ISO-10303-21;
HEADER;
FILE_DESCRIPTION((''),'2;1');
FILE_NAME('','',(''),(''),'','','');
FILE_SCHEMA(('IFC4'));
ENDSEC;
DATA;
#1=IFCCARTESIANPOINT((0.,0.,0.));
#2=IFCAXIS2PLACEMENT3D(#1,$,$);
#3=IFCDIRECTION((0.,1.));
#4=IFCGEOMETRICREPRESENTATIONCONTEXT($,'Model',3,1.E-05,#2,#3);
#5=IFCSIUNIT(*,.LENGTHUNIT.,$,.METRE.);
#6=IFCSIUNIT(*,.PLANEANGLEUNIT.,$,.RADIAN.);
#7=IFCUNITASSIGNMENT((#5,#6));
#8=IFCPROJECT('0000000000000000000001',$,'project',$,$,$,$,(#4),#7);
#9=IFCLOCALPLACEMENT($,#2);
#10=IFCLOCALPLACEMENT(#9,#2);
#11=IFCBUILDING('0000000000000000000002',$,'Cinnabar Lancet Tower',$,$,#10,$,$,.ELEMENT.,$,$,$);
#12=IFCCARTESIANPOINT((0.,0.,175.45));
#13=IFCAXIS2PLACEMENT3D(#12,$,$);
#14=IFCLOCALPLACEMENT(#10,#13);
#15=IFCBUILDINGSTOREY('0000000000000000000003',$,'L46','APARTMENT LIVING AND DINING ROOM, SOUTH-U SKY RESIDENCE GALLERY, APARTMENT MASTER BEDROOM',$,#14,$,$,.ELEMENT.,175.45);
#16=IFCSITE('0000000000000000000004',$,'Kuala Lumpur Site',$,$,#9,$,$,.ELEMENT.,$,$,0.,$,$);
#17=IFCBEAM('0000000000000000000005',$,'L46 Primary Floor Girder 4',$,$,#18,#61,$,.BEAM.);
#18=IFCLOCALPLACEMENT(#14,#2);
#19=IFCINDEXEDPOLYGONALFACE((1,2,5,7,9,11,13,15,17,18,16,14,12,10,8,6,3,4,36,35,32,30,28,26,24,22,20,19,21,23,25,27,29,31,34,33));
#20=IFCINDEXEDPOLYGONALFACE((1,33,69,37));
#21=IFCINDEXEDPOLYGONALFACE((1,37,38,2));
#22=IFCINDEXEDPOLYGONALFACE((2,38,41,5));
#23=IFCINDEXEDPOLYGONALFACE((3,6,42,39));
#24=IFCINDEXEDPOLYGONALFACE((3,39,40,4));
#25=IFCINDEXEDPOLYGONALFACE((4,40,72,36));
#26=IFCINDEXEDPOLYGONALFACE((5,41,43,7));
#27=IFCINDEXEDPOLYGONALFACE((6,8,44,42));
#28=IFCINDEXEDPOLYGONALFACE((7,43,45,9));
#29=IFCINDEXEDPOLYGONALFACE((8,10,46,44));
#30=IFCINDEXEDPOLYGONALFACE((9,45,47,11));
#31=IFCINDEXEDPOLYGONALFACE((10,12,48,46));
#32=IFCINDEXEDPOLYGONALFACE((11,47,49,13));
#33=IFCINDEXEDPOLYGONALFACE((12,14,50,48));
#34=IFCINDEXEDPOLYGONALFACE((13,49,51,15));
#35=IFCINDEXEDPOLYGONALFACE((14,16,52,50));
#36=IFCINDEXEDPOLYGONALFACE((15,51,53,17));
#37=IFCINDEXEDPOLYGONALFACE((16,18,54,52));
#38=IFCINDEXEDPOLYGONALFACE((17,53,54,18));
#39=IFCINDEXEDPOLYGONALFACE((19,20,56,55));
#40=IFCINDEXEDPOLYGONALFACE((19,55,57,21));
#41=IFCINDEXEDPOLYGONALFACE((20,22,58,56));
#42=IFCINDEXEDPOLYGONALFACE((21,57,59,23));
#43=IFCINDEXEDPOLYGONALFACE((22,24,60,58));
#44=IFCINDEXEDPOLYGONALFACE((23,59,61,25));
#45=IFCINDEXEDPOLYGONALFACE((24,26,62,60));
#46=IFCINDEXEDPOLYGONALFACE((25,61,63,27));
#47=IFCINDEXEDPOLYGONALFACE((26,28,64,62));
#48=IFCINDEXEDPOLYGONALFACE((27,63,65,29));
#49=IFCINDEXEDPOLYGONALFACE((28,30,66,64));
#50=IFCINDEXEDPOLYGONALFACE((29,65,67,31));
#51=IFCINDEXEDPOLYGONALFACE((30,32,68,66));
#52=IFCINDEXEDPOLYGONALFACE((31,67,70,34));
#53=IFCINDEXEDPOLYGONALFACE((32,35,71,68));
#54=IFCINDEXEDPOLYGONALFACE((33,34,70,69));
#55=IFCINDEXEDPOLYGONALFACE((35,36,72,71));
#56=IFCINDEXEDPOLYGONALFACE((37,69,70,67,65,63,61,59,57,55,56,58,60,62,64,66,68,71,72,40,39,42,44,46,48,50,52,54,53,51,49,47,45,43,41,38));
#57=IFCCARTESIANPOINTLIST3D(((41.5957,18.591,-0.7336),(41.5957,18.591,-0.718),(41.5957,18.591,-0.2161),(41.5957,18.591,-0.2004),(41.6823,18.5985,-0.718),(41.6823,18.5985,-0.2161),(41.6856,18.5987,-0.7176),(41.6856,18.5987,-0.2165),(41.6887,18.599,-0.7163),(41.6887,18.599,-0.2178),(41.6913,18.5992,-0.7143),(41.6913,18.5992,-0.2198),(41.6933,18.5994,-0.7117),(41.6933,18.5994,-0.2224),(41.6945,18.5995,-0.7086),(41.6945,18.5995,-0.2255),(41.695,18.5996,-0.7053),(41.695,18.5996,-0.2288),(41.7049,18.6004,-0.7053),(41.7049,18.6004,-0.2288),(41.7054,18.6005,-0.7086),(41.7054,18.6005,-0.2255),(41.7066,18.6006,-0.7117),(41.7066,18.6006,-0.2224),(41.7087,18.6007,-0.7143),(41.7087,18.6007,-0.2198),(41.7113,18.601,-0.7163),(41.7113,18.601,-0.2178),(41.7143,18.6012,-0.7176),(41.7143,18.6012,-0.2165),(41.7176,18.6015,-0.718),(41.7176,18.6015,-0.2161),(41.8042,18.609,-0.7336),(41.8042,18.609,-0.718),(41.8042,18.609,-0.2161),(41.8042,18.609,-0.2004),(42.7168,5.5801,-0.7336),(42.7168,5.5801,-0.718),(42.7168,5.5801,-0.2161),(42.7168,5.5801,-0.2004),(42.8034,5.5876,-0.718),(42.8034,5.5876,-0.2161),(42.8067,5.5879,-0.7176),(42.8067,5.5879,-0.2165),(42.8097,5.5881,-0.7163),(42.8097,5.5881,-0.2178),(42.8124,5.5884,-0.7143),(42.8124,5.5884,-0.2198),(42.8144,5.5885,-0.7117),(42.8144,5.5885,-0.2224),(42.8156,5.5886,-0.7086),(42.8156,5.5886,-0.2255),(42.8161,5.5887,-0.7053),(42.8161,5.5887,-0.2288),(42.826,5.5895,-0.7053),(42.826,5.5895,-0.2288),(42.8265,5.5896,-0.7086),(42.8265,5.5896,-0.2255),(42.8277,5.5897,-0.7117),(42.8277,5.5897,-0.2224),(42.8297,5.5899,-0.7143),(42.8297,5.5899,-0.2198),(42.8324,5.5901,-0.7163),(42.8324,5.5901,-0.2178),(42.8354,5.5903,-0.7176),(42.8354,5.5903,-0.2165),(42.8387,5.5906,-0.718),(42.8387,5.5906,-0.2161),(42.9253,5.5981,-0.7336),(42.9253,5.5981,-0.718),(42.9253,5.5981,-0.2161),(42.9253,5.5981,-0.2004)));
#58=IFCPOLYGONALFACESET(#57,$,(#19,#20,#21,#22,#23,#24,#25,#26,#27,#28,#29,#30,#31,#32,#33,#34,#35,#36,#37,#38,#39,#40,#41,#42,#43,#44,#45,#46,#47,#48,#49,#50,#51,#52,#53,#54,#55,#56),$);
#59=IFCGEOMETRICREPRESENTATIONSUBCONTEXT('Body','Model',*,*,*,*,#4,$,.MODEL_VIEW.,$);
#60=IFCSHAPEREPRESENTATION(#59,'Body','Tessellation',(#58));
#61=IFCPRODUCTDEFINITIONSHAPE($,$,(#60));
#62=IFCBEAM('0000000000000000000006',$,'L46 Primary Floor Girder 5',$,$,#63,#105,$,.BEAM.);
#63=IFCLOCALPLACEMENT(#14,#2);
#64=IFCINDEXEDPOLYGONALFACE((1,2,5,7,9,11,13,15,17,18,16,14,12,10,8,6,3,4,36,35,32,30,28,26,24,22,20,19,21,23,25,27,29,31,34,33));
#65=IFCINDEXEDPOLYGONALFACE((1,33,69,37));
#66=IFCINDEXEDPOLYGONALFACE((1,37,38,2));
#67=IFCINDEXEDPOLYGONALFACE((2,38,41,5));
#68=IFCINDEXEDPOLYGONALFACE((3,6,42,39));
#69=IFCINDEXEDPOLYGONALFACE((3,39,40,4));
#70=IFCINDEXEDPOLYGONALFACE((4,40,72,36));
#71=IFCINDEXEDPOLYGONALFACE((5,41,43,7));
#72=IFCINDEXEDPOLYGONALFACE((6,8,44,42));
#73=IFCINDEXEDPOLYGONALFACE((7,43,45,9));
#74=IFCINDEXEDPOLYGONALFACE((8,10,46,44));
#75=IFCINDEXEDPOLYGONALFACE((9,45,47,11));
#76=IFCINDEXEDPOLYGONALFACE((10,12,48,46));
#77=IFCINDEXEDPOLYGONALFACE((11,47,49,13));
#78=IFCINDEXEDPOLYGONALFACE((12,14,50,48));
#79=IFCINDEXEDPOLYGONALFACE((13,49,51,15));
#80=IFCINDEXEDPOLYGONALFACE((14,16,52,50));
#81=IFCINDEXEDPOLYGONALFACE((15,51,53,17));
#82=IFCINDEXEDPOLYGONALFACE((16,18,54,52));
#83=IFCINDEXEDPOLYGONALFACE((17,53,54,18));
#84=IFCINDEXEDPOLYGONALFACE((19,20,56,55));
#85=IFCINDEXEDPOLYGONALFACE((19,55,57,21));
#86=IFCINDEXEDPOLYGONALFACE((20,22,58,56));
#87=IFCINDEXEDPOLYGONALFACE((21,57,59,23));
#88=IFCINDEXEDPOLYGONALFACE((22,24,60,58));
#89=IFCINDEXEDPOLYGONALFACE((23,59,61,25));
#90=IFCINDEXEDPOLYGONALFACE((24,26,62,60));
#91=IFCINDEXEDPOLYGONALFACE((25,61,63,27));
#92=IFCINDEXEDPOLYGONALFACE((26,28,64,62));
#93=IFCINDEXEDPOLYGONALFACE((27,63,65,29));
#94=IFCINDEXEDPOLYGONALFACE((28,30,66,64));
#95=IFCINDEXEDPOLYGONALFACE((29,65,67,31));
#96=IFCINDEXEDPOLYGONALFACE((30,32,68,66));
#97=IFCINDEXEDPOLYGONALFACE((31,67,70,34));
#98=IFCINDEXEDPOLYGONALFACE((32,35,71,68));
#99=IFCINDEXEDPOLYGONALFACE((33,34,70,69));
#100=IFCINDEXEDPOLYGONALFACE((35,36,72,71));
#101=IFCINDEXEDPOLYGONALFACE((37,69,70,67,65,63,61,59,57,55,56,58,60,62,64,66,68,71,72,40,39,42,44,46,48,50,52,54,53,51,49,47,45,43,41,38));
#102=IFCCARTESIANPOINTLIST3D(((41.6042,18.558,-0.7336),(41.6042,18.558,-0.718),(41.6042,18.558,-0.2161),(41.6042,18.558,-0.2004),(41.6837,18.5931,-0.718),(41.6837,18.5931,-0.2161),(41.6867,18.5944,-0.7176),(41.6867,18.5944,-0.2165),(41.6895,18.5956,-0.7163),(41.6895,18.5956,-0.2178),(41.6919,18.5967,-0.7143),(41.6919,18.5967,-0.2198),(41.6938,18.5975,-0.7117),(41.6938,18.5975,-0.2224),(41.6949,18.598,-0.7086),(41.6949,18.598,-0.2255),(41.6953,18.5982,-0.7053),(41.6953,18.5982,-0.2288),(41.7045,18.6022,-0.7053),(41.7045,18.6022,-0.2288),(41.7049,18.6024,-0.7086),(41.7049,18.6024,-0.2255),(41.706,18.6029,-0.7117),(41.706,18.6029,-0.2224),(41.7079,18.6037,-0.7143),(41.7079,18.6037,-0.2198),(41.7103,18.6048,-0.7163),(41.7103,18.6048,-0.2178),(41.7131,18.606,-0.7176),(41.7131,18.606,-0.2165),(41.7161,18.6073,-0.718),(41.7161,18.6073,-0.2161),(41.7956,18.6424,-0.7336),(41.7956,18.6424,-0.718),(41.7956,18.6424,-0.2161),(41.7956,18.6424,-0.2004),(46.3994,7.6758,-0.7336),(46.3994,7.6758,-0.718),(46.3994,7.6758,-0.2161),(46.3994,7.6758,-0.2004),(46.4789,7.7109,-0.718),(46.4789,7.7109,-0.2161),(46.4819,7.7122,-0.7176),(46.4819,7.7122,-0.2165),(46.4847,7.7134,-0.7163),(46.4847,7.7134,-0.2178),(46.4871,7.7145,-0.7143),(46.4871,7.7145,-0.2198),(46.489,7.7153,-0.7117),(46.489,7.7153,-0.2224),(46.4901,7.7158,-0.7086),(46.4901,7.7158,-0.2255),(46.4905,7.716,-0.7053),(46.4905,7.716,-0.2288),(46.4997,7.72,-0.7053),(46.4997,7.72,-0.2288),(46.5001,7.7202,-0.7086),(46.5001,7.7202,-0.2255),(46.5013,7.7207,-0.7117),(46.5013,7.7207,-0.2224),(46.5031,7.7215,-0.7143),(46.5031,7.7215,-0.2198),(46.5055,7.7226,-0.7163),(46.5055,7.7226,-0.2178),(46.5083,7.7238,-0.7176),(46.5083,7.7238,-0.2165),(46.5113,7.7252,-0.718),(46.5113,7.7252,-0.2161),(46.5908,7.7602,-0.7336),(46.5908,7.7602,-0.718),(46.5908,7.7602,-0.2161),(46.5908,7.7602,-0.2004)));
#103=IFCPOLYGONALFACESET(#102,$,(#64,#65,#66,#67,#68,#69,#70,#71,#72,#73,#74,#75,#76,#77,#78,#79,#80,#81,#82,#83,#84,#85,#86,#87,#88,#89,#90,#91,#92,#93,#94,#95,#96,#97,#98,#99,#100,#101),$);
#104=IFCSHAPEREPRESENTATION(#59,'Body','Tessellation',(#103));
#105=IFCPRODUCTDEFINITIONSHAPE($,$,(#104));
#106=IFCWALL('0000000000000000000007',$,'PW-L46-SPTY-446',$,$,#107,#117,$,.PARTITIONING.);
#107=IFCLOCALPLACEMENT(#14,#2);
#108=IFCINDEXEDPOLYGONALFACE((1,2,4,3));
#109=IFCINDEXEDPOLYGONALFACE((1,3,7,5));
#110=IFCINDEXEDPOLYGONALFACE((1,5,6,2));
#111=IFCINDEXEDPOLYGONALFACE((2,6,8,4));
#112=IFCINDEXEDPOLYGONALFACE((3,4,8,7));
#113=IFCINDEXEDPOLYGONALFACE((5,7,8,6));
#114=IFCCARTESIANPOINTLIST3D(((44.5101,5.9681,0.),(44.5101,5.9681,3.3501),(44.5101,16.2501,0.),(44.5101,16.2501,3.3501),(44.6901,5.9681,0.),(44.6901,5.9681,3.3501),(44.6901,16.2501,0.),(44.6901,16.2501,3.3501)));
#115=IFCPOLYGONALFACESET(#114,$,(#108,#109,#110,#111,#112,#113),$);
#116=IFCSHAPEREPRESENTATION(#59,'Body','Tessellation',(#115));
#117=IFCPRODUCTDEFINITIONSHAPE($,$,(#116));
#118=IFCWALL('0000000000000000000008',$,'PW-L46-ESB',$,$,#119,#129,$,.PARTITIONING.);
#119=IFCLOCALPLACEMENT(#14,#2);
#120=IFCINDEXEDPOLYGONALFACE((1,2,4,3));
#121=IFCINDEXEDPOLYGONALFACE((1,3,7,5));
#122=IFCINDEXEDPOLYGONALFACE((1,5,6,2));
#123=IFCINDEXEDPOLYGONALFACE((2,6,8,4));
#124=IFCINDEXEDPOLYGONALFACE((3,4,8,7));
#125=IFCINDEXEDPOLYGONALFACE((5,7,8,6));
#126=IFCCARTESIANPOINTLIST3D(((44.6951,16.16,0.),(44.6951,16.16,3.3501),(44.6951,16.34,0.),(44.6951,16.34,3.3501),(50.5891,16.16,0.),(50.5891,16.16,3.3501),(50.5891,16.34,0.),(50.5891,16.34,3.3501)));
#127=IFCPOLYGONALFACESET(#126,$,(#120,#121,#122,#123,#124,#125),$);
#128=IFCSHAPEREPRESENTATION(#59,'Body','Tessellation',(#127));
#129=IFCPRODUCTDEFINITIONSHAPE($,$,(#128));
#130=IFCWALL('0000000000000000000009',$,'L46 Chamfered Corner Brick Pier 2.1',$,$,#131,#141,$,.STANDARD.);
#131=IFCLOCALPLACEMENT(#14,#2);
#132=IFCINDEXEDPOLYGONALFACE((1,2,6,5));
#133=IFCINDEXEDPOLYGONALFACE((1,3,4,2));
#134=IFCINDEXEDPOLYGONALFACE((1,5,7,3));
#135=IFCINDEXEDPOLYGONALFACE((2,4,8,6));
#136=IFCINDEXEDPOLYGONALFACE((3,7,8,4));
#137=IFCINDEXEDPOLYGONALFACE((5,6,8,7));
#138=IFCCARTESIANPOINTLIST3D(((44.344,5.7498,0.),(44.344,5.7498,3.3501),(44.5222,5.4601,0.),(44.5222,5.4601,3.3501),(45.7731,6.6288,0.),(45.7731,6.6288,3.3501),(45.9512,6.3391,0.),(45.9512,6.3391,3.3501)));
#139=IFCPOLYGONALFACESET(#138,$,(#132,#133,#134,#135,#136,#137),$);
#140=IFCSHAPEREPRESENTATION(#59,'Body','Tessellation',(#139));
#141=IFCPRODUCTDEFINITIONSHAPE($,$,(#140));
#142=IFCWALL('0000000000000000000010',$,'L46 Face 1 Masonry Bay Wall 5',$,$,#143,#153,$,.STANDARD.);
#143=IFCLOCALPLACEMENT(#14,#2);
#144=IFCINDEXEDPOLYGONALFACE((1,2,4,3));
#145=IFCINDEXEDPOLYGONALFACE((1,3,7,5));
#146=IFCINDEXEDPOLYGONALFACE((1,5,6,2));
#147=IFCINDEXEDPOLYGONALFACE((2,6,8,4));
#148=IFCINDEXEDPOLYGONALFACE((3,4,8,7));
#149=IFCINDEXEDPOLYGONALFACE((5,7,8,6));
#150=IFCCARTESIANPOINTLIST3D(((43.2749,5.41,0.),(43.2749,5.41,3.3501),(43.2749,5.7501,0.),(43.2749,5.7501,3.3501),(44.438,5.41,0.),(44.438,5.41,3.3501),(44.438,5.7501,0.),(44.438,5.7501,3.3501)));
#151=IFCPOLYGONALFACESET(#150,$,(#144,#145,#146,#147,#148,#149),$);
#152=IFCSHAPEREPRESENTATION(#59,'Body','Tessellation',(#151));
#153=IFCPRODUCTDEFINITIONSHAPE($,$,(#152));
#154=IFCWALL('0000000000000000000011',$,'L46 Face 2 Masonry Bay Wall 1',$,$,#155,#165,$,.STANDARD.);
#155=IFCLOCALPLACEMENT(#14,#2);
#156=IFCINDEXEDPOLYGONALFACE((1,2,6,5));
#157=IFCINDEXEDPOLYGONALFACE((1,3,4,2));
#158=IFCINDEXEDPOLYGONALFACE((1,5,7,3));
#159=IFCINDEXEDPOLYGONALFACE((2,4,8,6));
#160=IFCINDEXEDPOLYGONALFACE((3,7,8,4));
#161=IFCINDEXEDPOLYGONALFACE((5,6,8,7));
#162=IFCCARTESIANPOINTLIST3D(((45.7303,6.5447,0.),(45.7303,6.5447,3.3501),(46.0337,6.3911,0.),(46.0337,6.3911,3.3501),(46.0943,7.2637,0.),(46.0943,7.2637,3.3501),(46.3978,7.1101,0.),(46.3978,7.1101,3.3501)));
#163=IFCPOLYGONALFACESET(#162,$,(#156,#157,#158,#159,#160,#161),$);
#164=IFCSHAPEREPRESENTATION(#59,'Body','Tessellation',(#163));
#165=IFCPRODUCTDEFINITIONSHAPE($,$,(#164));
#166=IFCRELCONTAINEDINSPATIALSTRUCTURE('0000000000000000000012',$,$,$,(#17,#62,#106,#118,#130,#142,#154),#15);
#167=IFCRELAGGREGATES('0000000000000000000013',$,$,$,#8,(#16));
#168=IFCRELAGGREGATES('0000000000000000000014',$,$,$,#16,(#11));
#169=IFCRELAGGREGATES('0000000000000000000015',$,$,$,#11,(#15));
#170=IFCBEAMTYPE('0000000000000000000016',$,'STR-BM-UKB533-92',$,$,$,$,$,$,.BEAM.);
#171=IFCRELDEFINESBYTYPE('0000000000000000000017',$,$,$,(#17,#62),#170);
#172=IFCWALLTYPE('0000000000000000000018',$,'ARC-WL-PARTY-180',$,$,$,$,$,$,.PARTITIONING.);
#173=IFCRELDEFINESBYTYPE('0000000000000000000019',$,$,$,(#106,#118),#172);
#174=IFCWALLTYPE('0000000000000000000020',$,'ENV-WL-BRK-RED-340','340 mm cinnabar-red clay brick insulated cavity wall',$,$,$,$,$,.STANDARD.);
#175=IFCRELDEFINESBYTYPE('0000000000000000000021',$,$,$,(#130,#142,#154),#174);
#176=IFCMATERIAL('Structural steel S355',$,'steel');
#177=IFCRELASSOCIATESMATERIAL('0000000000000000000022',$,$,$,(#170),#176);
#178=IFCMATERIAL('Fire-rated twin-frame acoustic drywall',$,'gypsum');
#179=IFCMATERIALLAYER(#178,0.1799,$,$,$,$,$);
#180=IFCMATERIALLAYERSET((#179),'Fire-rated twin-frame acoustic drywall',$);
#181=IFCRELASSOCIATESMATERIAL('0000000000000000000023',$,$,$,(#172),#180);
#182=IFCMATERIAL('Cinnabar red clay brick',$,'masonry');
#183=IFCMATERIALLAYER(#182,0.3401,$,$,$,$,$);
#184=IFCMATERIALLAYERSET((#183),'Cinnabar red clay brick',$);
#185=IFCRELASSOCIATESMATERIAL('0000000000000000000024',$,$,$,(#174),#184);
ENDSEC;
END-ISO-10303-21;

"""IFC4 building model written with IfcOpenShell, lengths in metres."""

from ifc_helpers import new_model, si_unit, direction, frame, frame_2d, origin, origin_2d, place, context, subcontext, project, spatial, rectangle, i_section, extrude, material, layer, layer_set, material_profile, profile_set, type_object, element, save


model = new_model("IFC4")

# Units and contexts
model_context = context("Model", 3, precision=1e-05, world=origin(), true_north=direction((0.0, 1.0)))
body_context = subcontext(model_context, "Body", "Model", "MODEL_VIEW")
ifc_project = project(units=[si_unit("LENGTHUNIT", "METRE"), si_unit("PLANEANGLEUNIT", "RADIAN")], contexts=[model_context])

# Site, building, storey
site_placement = place(None, origin())
site = spatial("IfcSite", under=ifc_project, at=site_placement, Name="Kuala Lumpur Site", CompositionType="ELEMENT", RefElevation=0.0)
building_placement = place(site_placement, origin())
building = spatial("IfcBuilding", under=site, at=building_placement, Name="Cinnabar Lancet Tower", CompositionType="ELEMENT")
storey_placement = place(building_placement, frame((0.0, 0.0, 175.45)))
storey = spatial("IfcBuildingStorey", under=building, at=storey_placement, Name="L46", Description="APARTMENT LIVING AND DINING ROOM, SOUTH-U SKY RESIDENCE GALLERY, APARTMENT MASTER BEDROOM", CompositionType="ELEMENT", Elevation=175.45)

# Beams
ifc_material_1 = material(Name="Structural steel S355", Category="steel")
ifc_material_profile_1 = material_profile(ifc_material_1, i_section(OverallWidth=0.2092, OverallDepth=0.5332, WebThickness=0.01, FlangeThickness=0.0156, FilletRadius=0.0127, at=origin_2d()), Name="UKB 533x210x92")
ifc_profile_set_1 = profile_set([ifc_material_profile_1], Name="Structural steel S355")
beam_type_1 = type_object("IfcBeamType", Name="STR-BM-UKB533-92", PredefinedType="BEAM", material=ifc_profile_set_1)
beam_1_placement = place(storey_placement, frame((42.821, 5.5891, -0.467), z_axis=(-0.085847, 0.996308, 0.0), x_axis=(-0.996308, -0.085847, 0.0)))
element("IfcBeam", 1, at=beam_1_placement, inside=storey, type_object=beam_type_1, Name="L46 Primary Floor Girder 4", PredefinedType="BEAM", context=body_context, shape_type="SweptSolid", body=[
    extrude(i_section(OverallWidth=0.2092, OverallDepth=0.5332, WebThickness=0.01, FlangeThickness=0.0156, FilletRadius=0.0127, at=origin_2d()), origin(), (0.0, 0.0, 1.0), 13.0591),
])
beam_2_placement = place(storey_placement, frame((46.4951, 7.718, -0.467), z_axis=(-0.403235, 0.915096, 0.0), x_axis=(-0.915096, -0.403235, 0.0)))
element("IfcBeam", 2, at=beam_2_placement, inside=storey, type_object=beam_type_1, Name="L46 Primary Floor Girder 5", PredefinedType="BEAM", context=body_context, shape_type="SweptSolid", body=[
    extrude(i_section(OverallWidth=0.2092, OverallDepth=0.5332, WebThickness=0.01, FlangeThickness=0.0156, FilletRadius=0.0127, at=origin_2d()), origin(), (0.0, 0.0, 1.0), 11.8918),
])

# Walls
ifc_material_2 = material(Name="Fire-rated twin-frame acoustic drywall", Category="gypsum")
ifc_layer_1 = layer(ifc_material_2, 0.1799)
ifc_layer_set_1 = layer_set([ifc_layer_1], Name="Fire-rated twin-frame acoustic drywall")
wall_type_1 = type_object("IfcWallType", Name="ARC-WL-PARTY-180", PredefinedType="PARTITIONING", material=ifc_layer_set_1)
wall_1_placement = place(storey_placement, frame((44.6001, 5.968, 0.0), z_axis=(0.0, 0.0, 1.0), x_axis=(0.0, 1.0, 0.0)))
element("IfcWall", 3, at=wall_1_placement, inside=storey, type_object=wall_type_1, Name="PW-L46-SPTY-446", PredefinedType="PARTITIONING", context=body_context, shape_type="SweptSolid", body=[
    extrude(rectangle(XDim=10.282, YDim=0.1799, at=frame_2d((5.1411, 0.0))), origin(), (0.0, 0.0, 1.0), 3.3501),
])
wall_2_placement = place(storey_placement, frame((44.6951, 16.25, 0.0), z_axis=(0.0, 0.0, 1.0), x_axis=(1.0, 0.0, 0.0)))
element("IfcWall", 4, at=wall_2_placement, inside=storey, type_object=wall_type_1, Name="PW-L46-ESB", PredefinedType="PARTITIONING", context=body_context, shape_type="SweptSolid", body=[
    extrude(rectangle(XDim=5.894, YDim=0.1799, at=frame_2d((2.947, 0.0))), origin(), (0.0, 0.0, 1.0), 3.3501),
])
ifc_material_3 = material(Name="Cinnabar red clay brick", Category="masonry")
ifc_layer_2 = layer(ifc_material_3, 0.3401)
ifc_layer_set_2 = layer_set([ifc_layer_2], Name="Cinnabar red clay brick")
wall_type_2 = type_object("IfcWallType", Name="ENV-WL-BRK-RED-340", Description="340 mm cinnabar-red clay brick insulated cavity wall", PredefinedType="STANDARD", material=ifc_layer_set_2)
wall_3_placement = place(storey_placement, frame((44.4331, 5.605, 0.0), z_axis=(0.0, 0.0, 1.0), x_axis=(0.851778, 0.523903, 0.0)))
element("IfcWall", 5, at=wall_3_placement, inside=storey, type_object=wall_type_2, Name="L46 Chamfered Corner Brick Pier 2.1", PredefinedType="STANDARD", context=body_context, shape_type="SweptSolid", body=[
    extrude(rectangle(XDim=1.6777, YDim=0.3401, at=frame_2d((0.8389, 0.0))), origin(), (0.0, 0.0, 1.0), 3.3501),
])
wall_4_placement = place(storey_placement, frame((43.2749, 5.5801, 0.0), z_axis=(0.0, 0.0, 1.0), x_axis=(1.0, 0.0, 0.0)))
element("IfcWall", 6, at=wall_4_placement, inside=storey, type_object=wall_type_2, Name="L46 Face 1 Masonry Bay Wall 5", PredefinedType="STANDARD", context=body_context, shape_type="SweptSolid", body=[
    extrude(rectangle(XDim=1.1631, YDim=0.3401, at=frame_2d((0.5815, 0.0))), origin(), (0.0, 0.0, 1.0), 3.3501),
])
wall_5_placement = place(storey_placement, frame((45.8821, 6.468, 0.0), z_axis=(0.0, 0.0, 1.0), x_axis=(0.451692, 0.892174, 0.0)))
element("IfcWall", 7, at=wall_5_placement, inside=storey, type_object=wall_type_2, Name="L46 Face 2 Masonry Bay Wall 1", PredefinedType="STANDARD", context=body_context, shape_type="SweptSolid", body=[
    extrude(rectangle(XDim=0.8059, YDim=0.3401, at=frame_2d((0.4028, 0.0))), origin(), (0.0, 0.0, 1.0), 3.3501),
])

save(model, "model.ifc")
